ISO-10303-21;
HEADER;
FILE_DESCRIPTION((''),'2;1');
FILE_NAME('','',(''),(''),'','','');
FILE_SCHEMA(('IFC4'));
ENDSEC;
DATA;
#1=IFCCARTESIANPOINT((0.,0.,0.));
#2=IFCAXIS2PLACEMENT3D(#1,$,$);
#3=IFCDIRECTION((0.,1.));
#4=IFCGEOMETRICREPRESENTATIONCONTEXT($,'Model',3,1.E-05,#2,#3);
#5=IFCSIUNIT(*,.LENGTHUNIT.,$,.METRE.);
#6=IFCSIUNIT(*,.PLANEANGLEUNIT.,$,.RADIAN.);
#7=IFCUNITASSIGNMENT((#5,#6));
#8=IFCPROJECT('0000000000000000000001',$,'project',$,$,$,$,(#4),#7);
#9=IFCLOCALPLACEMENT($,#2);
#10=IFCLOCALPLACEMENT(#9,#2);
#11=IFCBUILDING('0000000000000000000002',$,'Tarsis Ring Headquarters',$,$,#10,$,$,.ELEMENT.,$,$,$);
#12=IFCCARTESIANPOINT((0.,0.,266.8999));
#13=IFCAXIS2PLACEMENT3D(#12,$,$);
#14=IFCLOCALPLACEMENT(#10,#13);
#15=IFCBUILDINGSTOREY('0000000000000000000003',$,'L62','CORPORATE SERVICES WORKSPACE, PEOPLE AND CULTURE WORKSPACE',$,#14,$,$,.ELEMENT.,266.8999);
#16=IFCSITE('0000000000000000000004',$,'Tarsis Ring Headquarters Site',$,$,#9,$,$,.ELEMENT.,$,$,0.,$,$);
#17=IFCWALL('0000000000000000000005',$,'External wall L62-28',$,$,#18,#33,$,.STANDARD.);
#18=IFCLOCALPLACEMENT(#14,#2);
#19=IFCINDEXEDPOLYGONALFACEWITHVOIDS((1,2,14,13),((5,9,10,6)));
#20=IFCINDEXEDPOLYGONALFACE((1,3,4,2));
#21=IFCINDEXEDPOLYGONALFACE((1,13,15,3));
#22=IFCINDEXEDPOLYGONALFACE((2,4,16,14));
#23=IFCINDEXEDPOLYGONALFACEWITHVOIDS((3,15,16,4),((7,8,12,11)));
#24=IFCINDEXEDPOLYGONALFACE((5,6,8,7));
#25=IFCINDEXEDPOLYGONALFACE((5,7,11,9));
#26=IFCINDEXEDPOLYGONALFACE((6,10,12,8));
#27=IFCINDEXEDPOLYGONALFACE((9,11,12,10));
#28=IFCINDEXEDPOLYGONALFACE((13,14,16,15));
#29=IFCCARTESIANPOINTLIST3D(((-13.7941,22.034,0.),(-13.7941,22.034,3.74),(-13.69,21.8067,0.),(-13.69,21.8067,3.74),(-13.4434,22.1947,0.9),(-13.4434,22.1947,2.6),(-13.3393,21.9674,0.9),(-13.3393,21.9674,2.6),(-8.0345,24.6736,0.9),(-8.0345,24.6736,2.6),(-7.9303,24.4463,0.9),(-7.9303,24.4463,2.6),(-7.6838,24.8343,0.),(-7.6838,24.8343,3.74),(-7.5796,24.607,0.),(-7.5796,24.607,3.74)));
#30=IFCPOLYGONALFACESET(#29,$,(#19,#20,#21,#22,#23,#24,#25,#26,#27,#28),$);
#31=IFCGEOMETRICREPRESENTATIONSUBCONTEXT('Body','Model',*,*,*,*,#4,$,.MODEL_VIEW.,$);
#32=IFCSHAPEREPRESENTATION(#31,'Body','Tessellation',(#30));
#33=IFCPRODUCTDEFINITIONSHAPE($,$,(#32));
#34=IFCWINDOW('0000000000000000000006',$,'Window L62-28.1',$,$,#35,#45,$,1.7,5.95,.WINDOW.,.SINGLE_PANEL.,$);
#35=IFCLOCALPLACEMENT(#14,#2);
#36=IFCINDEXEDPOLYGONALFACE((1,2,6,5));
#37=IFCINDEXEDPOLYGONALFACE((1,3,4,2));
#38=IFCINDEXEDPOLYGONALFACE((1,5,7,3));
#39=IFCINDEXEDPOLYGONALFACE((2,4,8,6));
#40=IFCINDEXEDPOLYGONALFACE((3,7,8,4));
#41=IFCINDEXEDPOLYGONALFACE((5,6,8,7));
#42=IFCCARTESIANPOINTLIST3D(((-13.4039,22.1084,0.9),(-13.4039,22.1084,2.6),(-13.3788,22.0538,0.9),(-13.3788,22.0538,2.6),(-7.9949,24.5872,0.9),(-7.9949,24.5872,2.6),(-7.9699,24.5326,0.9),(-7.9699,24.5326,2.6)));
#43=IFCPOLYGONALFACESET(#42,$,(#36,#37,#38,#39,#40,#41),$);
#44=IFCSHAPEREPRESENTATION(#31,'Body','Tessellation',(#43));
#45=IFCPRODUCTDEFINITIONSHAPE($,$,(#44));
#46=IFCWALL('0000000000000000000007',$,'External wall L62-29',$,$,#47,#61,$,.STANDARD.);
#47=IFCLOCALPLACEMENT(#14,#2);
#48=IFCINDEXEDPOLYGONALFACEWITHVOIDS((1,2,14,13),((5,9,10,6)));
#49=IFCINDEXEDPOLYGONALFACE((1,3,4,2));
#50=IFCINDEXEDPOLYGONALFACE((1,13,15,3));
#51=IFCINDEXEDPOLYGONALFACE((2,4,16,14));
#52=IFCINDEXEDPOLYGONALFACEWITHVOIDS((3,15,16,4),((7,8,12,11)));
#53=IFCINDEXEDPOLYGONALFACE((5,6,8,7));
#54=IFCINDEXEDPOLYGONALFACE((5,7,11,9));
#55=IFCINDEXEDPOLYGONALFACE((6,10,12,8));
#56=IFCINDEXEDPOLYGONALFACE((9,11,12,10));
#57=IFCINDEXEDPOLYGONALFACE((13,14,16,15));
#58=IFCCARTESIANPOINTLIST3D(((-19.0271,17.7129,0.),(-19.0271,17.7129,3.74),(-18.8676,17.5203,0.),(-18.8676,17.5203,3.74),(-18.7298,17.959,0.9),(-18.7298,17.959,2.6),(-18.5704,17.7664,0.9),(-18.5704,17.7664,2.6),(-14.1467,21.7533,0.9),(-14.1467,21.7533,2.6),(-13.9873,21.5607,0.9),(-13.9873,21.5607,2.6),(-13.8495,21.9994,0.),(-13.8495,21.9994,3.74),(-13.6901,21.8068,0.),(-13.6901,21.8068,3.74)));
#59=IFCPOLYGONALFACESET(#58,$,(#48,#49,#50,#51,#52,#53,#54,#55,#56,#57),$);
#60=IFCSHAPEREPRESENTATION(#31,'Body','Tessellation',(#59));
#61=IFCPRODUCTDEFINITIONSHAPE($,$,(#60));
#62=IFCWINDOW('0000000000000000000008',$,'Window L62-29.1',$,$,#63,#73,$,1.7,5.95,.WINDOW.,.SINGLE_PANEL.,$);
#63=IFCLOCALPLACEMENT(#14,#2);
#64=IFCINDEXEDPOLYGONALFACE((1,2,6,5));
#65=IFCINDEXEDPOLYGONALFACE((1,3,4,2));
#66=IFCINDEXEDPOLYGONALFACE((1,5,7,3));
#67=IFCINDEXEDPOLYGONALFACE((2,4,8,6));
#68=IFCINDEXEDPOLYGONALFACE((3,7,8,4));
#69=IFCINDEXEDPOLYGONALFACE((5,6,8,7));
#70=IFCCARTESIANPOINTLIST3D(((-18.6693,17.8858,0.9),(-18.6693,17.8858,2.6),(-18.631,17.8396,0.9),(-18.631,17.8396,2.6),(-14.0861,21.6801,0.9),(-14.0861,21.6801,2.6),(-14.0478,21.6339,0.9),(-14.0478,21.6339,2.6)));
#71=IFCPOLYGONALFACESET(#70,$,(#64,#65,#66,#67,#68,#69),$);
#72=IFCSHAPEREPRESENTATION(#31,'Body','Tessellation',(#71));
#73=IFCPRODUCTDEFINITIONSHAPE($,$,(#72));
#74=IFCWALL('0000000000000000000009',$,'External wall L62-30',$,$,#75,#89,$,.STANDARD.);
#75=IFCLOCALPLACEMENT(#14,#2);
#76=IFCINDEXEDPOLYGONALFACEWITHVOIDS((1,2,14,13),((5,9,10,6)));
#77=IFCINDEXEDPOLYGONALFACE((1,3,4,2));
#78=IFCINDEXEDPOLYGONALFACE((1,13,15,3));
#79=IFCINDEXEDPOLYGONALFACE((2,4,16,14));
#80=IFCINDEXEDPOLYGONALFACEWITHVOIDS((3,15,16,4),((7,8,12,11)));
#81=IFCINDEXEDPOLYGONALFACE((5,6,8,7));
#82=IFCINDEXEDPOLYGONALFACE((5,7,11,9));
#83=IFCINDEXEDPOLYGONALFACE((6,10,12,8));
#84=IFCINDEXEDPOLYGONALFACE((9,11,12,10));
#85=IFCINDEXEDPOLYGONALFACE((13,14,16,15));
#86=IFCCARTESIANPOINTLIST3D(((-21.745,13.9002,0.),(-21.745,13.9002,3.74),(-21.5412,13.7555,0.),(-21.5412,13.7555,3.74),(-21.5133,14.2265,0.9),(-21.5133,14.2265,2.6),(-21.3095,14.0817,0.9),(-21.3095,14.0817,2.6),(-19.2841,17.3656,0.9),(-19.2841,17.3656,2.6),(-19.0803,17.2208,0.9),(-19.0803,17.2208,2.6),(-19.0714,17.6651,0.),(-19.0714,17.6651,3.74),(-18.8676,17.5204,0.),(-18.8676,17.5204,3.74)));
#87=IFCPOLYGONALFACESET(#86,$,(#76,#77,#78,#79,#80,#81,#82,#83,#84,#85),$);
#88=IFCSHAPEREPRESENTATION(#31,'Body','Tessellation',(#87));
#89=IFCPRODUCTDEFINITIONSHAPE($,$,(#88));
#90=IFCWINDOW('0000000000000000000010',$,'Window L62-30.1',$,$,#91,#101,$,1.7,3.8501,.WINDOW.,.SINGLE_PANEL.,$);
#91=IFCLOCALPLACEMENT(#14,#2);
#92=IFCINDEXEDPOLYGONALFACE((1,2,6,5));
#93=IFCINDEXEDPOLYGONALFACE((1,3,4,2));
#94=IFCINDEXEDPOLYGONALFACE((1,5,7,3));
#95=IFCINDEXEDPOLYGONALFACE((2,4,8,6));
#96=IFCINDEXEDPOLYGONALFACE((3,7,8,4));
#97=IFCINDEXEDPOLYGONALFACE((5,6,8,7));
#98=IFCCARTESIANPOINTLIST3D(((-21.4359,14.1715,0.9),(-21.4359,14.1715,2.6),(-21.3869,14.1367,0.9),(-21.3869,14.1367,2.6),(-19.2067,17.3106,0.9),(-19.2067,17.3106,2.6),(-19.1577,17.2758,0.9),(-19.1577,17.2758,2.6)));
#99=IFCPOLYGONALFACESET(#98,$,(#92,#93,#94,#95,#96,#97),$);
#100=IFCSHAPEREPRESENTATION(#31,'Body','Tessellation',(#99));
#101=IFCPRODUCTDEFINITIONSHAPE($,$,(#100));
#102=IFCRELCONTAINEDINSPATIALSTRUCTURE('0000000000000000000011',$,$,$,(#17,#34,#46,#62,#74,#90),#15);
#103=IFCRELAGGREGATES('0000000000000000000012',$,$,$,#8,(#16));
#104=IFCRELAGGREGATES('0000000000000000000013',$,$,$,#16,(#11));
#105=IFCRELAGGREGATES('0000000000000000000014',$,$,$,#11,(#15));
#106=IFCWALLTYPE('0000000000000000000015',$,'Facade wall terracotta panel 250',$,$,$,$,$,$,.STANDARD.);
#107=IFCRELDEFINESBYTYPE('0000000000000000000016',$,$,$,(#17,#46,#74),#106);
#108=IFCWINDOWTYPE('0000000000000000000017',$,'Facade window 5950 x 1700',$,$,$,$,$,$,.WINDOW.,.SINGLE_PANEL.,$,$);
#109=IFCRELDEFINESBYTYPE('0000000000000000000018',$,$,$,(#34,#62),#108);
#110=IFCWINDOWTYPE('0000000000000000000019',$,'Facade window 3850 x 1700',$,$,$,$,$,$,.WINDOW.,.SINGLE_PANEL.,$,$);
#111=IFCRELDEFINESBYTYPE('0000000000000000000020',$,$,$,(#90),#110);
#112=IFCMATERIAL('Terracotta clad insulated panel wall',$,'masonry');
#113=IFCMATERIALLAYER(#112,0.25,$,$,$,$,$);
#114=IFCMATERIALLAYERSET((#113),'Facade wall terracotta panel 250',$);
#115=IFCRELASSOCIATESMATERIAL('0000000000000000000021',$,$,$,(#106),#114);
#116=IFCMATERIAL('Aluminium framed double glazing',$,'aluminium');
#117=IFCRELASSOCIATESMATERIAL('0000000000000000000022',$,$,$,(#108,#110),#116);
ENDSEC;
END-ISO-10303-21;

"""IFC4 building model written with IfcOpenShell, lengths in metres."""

from ifc_helpers import new_model, si_unit, direction, frame, frame_2d, origin, place, context, subcontext, project, spatial, rectangle, extrude, material, layer, layer_set, type_object, element, fill, save


model = new_model("IFC4")

# Units and contexts
model_context = context("Model", 3, precision=1e-05, world=origin(), true_north=direction((0.0, 1.0)))
body_context = subcontext(model_context, "Body", "Model", "MODEL_VIEW")
ifc_project = project(units=[si_unit("LENGTHUNIT", "METRE"), si_unit("PLANEANGLEUNIT", "RADIAN")], contexts=[model_context])

# Site, building, storey
site_placement = place(None, origin())
site = spatial("IfcSite", under=ifc_project, at=site_placement, Name="Tarsis Ring Headquarters Site", CompositionType="ELEMENT", RefElevation=0.0)
building_placement = place(site_placement, origin())
building = spatial("IfcBuilding", under=site, at=building_placement, Name="Tarsis Ring Headquarters", CompositionType="ELEMENT")
storey_placement = place(building_placement, frame((0.0, 0.0, 266.8999)))
storey = spatial("IfcBuildingStorey", under=building, at=storey_placement, Name="L62", Description="CORPORATE SERVICES WORKSPACE, PEOPLE AND CULTURE WORKSPACE", CompositionType="ELEMENT", Elevation=266.8999)

# Walls, openings, windows
ifc_material_1 = material(Name="Terracotta clad insulated panel wall", Category="masonry")
ifc_layer_1 = layer(ifc_material_1, 0.25)
ifc_layer_set_1 = layer_set([ifc_layer_1], Name="Facade wall terracotta panel 250")
wall_type_1 = type_object("IfcWallType", Name="Facade wall terracotta panel 250", PredefinedType="STANDARD", material=ifc_layer_set_1)
wall_1_placement = place(storey_placement, frame((-7.6316, 24.7207, 0.0), z_axis=(0.0, 0.0, 1.0), x_axis=(-0.909081, -0.41662, 0.0)))
wall_1 = element("IfcWall", 1, at=wall_1_placement, inside=storey, type_object=wall_type_1, Name="External wall L62-28", PredefinedType="STANDARD", context=body_context, shape_type="SweptSolid", body=[
    extrude(rectangle(XDim=6.7214, YDim=0.25, at=frame_2d((3.3608, 0.0))), origin(), (0.0, 0.0, 1.0), 3.74),
])
opening_1_placement = place(wall_1_placement, frame((0.3857, 0.0, 0.8999)))
opening_1 = element("IfcOpeningElement", 2, at=opening_1_placement, cuts=wall_1, PredefinedType="OPENING", context=body_context, shape_type="SweptSolid", body=[
    extrude(rectangle(XDim=5.95, YDim=1.7, at=frame_2d((2.9751, 0.8501))), frame((0.0, 0.135, 0.0), z_axis=(0.0, -1.0, 0.0), x_axis=(1.0, 0.0, 0.0)), (0.0, 0.0, 1.0), 0.27),
])
ifc_material_2 = material(Name="Aluminium framed double glazing", Category="aluminium")
window_type_1 = type_object("IfcWindowType", Name="Facade window 5950 x 1700", PartitioningType="SINGLE_PANEL", PredefinedType="WINDOW", material=ifc_material_2)
window_1_placement = place(opening_1_placement, origin())
window_1 = element("IfcWindow", 3, at=window_1_placement, inside=storey, type_object=window_type_1, Name="Window L62-28.1", OverallHeight=1.7, OverallWidth=5.95, PartitioningType="SINGLE_PANEL", PredefinedType="WINDOW", context=body_context, shape_type="SweptSolid", body=[
    extrude(rectangle(XDim=5.95, YDim=1.7, at=frame_2d((2.9751, 0.8501))), frame((0.0, 0.03, 0.0), z_axis=(0.0, -1.0, 0.0), x_axis=(1.0, 0.0, 0.0)), (0.0, 0.0, 1.0), 0.0601),
])
fill(opening_1, window_1)
wall_2_placement = place(storey_placement, frame((-13.7698, 21.9031, 0.0), z_axis=(0.0, 0.0, 1.0), x_axis=(-0.77028, -0.637705, 0.0)))
wall_2 = element("IfcWall", 4, at=wall_2_placement, inside=storey, type_object=wall_type_1, Name="External wall L62-29", PredefinedType="STANDARD", context=body_context, shape_type="SweptSolid", body=[
    extrude(rectangle(XDim=6.7217, YDim=0.25, at=frame_2d((3.3608, 0.0))), origin(), (0.0, 0.0, 1.0), 3.74),
])
opening_2_placement = place(wall_2_placement, frame((0.3857, 0.0, 0.8999)))
opening_2 = element("IfcOpeningElement", 5, at=opening_2_placement, cuts=wall_2, PredefinedType="OPENING", context=body_context, shape_type="SweptSolid", body=[
    extrude(rectangle(XDim=5.95, YDim=1.7, at=frame_2d((2.9751, 0.8501))), frame((0.0, 0.135, 0.0), z_axis=(0.0, -1.0, 0.0), x_axis=(1.0, 0.0, 0.0)), (0.0, 0.0, 1.0), 0.27),
])
window_2_placement = place(opening_2_placement, origin())
window_2 = element("IfcWindow", 6, at=window_2_placement, inside=storey, type_object=window_type_1, Name="Window L62-29.1", OverallHeight=1.7, OverallWidth=5.95, PartitioningType="SINGLE_PANEL", PredefinedType="WINDOW", context=body_context, shape_type="SweptSolid", body=[
    extrude(rectangle(XDim=5.95, YDim=1.7, at=frame_2d((2.9751, 0.8501))), frame((0.0, 0.03, 0.0), z_axis=(0.0, -1.0, 0.0), x_axis=(1.0, 0.0, 0.0)), (0.0, 0.0, 1.0), 0.0601),
])
fill(opening_2, window_2)
wall_3_placement = place(storey_placement, frame((-18.9695, 17.5928, 0.0), z_axis=(0.0, 0.0, 1.0), x_axis=(-0.578995, -0.815331, 0.0)))
wall_3 = element("IfcWall", 7, at=wall_3_placement, inside=storey, type_object=wall_type_1, Name="External wall L62-30", PredefinedType="STANDARD", context=body_context, shape_type="SweptSolid", body=[
    extrude(rectangle(XDim=4.6177, YDim=0.25, at=frame_2d((2.3088, 0.0))), origin(), (0.0, 0.0, 1.0), 3.74),
])
opening_3_placement = place(wall_3_placement, frame((0.3674, 0.0, 0.8999)))
opening_3 = element("IfcOpeningElement", 8, at=opening_3_placement, cuts=wall_3, PredefinedType="OPENING", context=body_context, shape_type="SweptSolid", body=[
    extrude(rectangle(XDim=3.8501, YDim=1.7, at=frame_2d((1.925, 0.8501))), frame((0.0, 0.135, 0.0), z_axis=(0.0, -1.0, 0.0), x_axis=(1.0, 0.0, 0.0)), (0.0, 0.0, 1.0), 0.27),
])
window_type_2 = type_object("IfcWindowType", Name="Facade window 3850 x 1700", PartitioningType="SINGLE_PANEL", PredefinedType="WINDOW", material=ifc_material_2)
window_3_placement = place(opening_3_placement, origin())
window_3 = element("IfcWindow", 9, at=window_3_placement, inside=storey, type_object=window_type_2, Name="Window L62-30.1", OverallHeight=1.7, OverallWidth=3.8501, PartitioningType="SINGLE_PANEL", PredefinedType="WINDOW", context=body_context, shape_type="SweptSolid", body=[
    extrude(rectangle(XDim=3.8501, YDim=1.7, at=frame_2d((1.925, 0.8501))), frame((0.0, 0.03, 0.0), z_axis=(0.0, -1.0, 0.0), x_axis=(1.0, 0.0, 0.0)), (0.0, 0.0, 1.0), 0.0601),
])
fill(opening_3, window_3)

save(model, "model.ifc")
